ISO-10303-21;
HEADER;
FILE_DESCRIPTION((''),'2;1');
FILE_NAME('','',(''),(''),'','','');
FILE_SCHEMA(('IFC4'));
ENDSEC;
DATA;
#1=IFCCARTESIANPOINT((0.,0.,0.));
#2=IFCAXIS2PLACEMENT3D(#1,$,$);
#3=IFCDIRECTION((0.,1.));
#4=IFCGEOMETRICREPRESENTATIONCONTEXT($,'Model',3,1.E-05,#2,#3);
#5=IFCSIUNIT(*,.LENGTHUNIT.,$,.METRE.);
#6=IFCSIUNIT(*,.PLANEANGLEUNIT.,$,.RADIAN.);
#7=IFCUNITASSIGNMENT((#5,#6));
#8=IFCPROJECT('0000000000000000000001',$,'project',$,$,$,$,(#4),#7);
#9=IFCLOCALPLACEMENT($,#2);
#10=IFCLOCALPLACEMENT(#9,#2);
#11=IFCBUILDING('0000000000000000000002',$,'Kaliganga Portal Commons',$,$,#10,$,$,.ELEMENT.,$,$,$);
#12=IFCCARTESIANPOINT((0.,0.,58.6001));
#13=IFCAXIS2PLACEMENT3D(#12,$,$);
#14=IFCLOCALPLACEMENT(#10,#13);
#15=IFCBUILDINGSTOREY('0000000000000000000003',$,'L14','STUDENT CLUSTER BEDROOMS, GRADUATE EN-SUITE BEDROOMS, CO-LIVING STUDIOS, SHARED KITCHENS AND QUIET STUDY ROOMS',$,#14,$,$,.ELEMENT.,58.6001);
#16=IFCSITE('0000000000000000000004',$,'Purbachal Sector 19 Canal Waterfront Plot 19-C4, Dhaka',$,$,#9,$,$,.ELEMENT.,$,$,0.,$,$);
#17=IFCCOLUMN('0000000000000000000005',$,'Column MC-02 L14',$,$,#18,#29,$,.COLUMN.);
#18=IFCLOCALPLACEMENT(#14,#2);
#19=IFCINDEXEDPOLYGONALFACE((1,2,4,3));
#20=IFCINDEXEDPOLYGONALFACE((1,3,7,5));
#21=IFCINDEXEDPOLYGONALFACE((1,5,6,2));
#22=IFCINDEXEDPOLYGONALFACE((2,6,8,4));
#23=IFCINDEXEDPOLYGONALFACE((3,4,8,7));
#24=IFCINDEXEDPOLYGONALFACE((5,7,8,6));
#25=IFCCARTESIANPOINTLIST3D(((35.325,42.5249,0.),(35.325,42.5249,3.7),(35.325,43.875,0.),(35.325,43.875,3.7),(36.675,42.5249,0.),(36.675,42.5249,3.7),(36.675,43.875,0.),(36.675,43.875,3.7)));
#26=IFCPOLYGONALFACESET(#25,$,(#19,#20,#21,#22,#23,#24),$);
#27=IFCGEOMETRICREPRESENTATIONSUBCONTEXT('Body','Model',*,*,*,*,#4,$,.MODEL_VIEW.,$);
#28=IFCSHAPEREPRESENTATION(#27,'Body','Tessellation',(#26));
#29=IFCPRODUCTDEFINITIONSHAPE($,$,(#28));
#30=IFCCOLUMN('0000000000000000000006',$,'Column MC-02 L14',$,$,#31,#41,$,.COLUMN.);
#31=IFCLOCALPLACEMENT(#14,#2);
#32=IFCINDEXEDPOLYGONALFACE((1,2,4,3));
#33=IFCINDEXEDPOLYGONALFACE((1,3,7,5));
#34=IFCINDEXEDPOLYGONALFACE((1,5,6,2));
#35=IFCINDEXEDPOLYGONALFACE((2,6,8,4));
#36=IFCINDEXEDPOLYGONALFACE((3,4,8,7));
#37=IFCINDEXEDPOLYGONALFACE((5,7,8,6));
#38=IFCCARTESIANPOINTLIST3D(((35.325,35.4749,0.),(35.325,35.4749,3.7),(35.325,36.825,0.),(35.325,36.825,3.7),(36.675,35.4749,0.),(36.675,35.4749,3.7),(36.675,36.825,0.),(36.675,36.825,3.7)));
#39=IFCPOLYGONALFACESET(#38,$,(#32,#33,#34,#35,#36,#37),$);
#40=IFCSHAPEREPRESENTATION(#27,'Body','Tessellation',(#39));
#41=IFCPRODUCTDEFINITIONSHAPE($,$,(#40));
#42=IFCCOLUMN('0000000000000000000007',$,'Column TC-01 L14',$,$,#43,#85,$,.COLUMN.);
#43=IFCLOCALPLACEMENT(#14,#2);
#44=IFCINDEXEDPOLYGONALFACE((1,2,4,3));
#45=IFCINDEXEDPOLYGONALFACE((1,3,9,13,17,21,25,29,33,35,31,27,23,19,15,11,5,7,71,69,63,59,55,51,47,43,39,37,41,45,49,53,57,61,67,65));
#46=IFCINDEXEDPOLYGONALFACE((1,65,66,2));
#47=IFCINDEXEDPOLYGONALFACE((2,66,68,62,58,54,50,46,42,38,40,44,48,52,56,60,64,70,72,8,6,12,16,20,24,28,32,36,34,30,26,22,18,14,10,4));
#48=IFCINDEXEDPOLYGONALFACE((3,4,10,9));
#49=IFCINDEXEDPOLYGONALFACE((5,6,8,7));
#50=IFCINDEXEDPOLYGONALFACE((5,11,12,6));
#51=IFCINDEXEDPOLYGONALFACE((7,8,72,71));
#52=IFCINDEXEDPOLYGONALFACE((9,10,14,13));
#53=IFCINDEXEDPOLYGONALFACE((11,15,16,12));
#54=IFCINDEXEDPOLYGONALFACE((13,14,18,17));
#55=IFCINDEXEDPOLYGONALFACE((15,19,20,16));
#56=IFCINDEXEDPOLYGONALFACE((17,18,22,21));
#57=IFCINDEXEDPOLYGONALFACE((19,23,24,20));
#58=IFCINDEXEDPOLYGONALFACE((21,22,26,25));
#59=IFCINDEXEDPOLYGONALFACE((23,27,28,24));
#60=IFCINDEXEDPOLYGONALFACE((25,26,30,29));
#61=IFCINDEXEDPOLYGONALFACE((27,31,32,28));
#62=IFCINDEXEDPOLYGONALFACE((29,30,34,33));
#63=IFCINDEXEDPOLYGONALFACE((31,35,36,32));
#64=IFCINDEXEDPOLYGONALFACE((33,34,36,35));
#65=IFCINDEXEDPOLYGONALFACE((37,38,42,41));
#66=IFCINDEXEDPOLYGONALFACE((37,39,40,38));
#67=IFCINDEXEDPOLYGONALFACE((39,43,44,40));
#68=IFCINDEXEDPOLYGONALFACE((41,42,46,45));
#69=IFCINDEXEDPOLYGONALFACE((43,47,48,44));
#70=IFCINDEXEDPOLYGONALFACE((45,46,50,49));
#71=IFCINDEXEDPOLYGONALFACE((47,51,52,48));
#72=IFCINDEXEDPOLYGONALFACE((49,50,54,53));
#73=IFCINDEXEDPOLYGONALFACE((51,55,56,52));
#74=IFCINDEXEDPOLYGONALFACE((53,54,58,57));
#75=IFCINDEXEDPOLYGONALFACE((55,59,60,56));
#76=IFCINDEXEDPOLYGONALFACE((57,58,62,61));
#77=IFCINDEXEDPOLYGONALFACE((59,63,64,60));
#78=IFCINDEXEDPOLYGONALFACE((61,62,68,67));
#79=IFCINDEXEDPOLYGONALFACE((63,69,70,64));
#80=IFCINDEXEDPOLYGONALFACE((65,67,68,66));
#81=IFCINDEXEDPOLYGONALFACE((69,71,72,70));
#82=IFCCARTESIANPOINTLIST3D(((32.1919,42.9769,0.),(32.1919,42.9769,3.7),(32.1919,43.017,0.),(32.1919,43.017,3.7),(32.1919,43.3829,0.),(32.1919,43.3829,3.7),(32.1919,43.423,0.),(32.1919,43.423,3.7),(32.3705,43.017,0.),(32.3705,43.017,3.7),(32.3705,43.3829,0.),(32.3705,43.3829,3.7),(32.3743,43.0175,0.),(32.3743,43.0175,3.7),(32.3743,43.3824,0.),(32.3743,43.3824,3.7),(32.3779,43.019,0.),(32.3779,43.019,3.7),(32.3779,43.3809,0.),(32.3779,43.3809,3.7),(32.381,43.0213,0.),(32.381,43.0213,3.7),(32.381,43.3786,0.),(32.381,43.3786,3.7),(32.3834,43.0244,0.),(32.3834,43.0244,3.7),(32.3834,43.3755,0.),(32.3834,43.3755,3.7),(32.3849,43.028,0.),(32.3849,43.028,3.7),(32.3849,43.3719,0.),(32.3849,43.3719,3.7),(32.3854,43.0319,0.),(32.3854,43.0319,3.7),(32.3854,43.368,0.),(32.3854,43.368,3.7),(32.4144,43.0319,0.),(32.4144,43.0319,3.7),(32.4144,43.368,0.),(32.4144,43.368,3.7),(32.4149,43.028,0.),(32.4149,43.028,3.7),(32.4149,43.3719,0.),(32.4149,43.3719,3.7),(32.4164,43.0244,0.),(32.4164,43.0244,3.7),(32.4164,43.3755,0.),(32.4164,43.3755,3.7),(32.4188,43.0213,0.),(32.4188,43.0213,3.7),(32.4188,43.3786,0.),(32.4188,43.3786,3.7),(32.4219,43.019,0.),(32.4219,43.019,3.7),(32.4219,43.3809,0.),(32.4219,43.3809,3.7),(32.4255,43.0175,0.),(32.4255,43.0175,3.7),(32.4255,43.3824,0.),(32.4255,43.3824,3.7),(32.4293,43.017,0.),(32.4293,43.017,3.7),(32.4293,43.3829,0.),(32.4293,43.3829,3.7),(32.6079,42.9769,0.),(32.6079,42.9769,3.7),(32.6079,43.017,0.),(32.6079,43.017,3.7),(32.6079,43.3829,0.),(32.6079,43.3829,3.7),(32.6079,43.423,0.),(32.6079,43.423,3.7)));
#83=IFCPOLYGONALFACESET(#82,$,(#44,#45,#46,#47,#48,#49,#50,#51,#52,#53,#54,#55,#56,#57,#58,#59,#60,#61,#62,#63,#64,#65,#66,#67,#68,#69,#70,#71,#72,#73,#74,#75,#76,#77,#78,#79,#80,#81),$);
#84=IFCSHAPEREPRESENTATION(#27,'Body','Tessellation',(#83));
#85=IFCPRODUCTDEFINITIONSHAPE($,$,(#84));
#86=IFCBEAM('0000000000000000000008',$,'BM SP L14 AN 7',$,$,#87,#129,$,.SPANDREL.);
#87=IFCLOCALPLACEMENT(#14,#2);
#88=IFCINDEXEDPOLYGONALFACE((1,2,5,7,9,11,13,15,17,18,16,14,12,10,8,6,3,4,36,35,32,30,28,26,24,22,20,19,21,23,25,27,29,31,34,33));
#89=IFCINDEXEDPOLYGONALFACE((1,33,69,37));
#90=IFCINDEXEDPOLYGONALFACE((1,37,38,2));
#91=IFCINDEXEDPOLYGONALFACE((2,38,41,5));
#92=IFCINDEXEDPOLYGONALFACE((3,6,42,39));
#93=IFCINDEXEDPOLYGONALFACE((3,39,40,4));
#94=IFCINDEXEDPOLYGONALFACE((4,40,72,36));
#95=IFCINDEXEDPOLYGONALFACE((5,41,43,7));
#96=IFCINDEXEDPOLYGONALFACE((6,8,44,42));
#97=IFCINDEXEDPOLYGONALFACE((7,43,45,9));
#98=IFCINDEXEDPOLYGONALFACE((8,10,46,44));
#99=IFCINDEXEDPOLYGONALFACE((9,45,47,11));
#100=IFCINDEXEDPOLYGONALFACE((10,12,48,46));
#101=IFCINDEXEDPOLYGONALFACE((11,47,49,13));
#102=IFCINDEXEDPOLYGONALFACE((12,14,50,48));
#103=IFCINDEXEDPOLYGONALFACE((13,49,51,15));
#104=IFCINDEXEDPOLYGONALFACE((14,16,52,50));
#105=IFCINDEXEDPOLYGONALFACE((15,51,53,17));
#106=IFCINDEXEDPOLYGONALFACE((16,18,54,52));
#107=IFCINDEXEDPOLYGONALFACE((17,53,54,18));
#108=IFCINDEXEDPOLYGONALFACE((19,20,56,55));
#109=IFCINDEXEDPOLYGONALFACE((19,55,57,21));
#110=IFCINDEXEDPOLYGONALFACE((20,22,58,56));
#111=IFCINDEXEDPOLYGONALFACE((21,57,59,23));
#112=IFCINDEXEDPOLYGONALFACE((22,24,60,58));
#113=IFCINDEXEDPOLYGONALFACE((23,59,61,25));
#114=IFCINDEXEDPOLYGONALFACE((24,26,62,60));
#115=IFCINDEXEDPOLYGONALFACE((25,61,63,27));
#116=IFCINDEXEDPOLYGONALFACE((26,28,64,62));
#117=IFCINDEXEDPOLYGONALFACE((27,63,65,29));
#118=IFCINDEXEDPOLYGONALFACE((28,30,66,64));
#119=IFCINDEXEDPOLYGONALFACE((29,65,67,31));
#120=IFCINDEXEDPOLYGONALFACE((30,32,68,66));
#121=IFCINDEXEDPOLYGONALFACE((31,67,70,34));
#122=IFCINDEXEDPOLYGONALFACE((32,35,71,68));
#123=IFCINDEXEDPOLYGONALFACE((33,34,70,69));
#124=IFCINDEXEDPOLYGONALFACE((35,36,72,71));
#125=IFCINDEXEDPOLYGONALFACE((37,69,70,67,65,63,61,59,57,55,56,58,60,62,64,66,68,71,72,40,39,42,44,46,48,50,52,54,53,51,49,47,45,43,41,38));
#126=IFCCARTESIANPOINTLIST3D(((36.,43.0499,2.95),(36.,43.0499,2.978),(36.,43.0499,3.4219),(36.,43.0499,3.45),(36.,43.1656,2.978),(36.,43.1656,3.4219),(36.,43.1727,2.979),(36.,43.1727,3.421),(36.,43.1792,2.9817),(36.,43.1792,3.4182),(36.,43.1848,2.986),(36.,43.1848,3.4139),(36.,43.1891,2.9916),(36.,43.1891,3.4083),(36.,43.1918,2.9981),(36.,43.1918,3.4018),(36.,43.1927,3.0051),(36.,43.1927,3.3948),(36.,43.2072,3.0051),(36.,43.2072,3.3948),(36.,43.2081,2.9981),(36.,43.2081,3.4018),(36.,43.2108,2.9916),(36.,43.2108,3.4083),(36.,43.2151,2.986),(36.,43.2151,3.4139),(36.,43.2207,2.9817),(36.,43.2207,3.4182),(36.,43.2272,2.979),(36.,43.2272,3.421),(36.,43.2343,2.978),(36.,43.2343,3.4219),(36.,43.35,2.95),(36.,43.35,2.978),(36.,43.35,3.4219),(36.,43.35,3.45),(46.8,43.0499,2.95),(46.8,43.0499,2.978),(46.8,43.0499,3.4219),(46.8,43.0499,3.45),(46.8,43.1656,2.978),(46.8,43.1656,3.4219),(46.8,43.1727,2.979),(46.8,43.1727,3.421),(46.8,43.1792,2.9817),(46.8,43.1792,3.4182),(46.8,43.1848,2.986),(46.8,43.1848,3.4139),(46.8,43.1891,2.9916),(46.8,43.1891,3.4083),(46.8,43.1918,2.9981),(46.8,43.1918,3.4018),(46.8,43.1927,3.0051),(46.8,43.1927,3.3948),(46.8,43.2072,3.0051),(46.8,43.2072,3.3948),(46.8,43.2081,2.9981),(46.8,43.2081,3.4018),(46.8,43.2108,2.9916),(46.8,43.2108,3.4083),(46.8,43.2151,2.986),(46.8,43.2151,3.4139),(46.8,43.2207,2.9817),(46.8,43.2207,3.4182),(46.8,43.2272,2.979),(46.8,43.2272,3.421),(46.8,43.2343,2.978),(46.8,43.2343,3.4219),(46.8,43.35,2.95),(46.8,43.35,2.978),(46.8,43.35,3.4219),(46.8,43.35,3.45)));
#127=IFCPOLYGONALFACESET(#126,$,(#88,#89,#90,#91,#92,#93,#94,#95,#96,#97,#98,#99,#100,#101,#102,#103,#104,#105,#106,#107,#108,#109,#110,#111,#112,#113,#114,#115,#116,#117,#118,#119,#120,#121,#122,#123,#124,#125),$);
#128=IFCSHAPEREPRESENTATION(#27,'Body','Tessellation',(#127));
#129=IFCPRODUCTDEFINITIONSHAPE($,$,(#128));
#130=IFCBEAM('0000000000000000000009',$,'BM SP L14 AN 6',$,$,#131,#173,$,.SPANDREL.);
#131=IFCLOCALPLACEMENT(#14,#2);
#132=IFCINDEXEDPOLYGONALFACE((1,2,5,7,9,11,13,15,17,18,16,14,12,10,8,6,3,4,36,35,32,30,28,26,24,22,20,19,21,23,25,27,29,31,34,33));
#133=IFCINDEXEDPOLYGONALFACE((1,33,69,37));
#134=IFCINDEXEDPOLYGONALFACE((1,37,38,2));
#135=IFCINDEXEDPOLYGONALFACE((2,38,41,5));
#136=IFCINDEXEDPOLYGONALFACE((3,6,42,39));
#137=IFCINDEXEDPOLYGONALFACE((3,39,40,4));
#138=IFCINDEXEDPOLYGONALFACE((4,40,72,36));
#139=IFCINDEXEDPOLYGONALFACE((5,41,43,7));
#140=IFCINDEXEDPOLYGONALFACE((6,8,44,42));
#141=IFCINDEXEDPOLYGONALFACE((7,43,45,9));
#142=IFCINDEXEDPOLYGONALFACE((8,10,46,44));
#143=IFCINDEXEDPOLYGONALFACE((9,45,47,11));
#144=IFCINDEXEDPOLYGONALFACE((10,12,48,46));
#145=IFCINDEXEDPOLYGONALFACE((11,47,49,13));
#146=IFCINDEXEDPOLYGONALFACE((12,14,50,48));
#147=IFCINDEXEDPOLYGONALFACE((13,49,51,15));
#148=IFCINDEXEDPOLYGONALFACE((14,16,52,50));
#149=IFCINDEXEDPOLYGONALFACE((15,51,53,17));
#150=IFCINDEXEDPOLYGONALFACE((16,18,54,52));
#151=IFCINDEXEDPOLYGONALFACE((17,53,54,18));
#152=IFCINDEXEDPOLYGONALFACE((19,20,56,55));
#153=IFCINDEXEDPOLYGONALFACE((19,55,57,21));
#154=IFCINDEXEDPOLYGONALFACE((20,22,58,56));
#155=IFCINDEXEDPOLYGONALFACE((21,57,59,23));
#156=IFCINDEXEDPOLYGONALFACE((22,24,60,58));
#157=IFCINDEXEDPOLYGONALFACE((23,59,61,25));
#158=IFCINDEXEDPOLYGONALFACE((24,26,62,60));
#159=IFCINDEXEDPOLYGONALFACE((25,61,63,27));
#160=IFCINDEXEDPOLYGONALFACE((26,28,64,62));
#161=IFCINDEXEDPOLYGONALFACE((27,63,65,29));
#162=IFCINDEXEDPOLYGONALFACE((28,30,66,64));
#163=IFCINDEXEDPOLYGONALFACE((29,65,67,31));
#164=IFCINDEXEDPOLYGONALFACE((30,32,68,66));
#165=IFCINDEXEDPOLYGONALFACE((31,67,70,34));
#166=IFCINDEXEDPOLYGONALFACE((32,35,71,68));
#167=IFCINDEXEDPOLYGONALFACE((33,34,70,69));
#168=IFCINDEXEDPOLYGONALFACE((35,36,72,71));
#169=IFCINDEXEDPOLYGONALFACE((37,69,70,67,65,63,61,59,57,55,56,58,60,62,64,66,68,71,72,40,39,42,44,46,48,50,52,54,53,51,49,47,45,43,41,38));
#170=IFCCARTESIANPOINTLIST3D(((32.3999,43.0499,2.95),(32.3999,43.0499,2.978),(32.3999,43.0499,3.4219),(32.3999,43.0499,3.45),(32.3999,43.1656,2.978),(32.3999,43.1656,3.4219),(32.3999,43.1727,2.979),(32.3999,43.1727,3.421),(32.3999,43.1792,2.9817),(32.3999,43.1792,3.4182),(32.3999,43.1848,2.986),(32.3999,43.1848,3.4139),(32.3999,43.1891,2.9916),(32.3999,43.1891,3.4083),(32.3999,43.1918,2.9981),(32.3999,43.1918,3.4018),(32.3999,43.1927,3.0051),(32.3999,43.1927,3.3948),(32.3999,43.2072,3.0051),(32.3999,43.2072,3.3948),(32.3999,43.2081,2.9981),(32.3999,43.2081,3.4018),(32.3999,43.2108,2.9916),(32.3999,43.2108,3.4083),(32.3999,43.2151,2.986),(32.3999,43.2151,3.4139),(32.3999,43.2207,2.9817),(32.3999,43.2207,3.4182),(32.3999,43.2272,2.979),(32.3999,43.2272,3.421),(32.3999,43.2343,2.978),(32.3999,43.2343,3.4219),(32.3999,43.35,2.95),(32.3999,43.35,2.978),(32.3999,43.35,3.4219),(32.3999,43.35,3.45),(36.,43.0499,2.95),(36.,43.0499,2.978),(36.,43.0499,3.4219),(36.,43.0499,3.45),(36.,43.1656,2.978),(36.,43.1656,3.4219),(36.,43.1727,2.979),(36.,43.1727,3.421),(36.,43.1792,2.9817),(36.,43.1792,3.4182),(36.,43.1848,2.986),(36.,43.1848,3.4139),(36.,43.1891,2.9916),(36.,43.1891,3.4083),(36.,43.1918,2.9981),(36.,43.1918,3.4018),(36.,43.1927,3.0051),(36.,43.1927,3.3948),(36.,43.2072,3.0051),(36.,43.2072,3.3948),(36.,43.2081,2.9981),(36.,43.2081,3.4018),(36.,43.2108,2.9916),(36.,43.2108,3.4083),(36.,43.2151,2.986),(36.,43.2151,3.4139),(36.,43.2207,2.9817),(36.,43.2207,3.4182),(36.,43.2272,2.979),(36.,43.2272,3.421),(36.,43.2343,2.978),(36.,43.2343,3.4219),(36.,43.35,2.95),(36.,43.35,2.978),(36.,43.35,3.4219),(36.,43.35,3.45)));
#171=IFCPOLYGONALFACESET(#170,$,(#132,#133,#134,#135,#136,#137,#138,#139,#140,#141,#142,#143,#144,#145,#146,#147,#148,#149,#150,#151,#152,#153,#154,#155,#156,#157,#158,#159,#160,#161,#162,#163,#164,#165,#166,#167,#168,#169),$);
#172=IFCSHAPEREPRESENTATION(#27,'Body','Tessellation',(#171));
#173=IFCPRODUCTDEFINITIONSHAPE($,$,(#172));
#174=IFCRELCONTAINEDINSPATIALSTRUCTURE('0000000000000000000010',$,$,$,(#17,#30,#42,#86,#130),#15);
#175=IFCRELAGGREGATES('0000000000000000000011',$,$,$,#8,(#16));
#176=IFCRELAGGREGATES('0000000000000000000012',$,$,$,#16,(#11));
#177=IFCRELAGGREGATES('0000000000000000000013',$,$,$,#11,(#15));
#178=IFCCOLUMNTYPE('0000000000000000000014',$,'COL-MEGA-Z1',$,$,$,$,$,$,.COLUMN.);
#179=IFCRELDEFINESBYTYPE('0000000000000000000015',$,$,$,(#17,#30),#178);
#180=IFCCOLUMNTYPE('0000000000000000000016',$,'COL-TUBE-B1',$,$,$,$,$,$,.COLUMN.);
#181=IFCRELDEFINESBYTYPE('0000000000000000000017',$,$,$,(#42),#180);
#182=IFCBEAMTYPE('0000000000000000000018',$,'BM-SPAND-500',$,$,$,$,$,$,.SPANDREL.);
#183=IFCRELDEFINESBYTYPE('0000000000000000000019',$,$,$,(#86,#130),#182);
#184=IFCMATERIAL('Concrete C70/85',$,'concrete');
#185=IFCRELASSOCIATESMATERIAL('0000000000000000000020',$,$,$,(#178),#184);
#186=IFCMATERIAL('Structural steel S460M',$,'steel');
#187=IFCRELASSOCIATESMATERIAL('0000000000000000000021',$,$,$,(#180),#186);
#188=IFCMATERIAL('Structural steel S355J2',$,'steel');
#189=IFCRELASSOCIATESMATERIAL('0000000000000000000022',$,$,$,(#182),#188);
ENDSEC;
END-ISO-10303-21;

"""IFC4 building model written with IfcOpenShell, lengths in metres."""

from ifc_helpers import new_model, si_unit, direction, frame, origin, origin_2d, place, context, subcontext, project, spatial, rectangle, i_section, extrude, source, transform, mapped, material, material_profile, profile_set, type_object, element, save


model = new_model("IFC4")

# Units and contexts
model_context = context("Model", 3, precision=1e-05, world=origin(), true_north=direction((0.0, 1.0)))
body_context = subcontext(model_context, "Body", "Model", "MODEL_VIEW")
ifc_project = project(units=[si_unit("LENGTHUNIT", "METRE"), si_unit("PLANEANGLEUNIT", "RADIAN")], contexts=[model_context])

# Site, building, storey
site_placement = place(None, origin())
site = spatial("IfcSite", under=ifc_project, at=site_placement, Name="Purbachal Sector 19 Canal Waterfront Plot 19-C4, Dhaka", CompositionType="ELEMENT", RefElevation=0.0)
building_placement = place(site_placement, origin())
building = spatial("IfcBuilding", under=site, at=building_placement, Name="Kaliganga Portal Commons", CompositionType="ELEMENT")
storey_placement = place(building_placement, frame((0.0, 0.0, 58.6001)))
storey = spatial("IfcBuildingStorey", under=building, at=storey_placement, Name="L14", Description="STUDENT CLUSTER BEDROOMS, GRADUATE EN-SUITE BEDROOMS, CO-LIVING STUDIOS, SHARED KITCHENS AND QUIET STUDY ROOMS", CompositionType="ELEMENT", Elevation=58.6001)

# Columns
ifc_material_1 = material(Name="Concrete C70/85", Category="concrete")
ifc_material_profile_1 = material_profile(ifc_material_1, rectangle(XDim=1.3501, YDim=1.3501, at=origin_2d()), Name="RC 1350x1350")
ifc_profile_set_1 = profile_set([ifc_material_profile_1], Name="Concrete C70/85")
column_type_1 = type_object("IfcColumnType", Name="COL-MEGA-Z1", PredefinedType="COLUMN", material=ifc_profile_set_1)
shared_shape_1 = source(origin(), body_context, "Body", "SweptSolid", [
    extrude(rectangle(XDim=1.3501, YDim=1.3501, at=origin_2d()), origin(), (0.0, 0.0, 1.0), 3.7),
])
for number, where, z_axis, x_axis, name in (
    (1, (36.0, 43.2, 0.0), (0.0, 0.0, 1.0), (1.0, 0.0, 0.0), "Column MC-02 L14"),
    (2, (36.0, 36.1499, 0.0), (0.0, 0.0, 1.0), (1.0, 0.0, 0.0), "Column MC-02 L14"),
):
    element("IfcColumn", number, at=place(storey_placement, frame(where, z_axis=z_axis, x_axis=x_axis)), inside=storey, type_object=column_type_1, Name=name, PredefinedType="COLUMN", context=body_context, shape_type="MappedRepresentation", body=[
        mapped(shared_shape_1, transform((0.0, 0.0, 0.0), x_axis=(1.0, 0.0, 0.0), y_axis=(0.0, 1.0, 0.0), z_axis=(0.0, 0.0, 1.0), scale=1.0)),
    ])
ifc_material_2 = material(Name="Structural steel S460M", Category="steel")
ifc_material_profile_2 = material_profile(ifc_material_2, i_section(OverallWidth=0.416, OverallDepth=0.446, WebThickness=0.0291, FlangeThickness=0.04, FilletRadius=0.0149, at=origin_2d()), Name="HD 400x509")
ifc_profile_set_2 = profile_set([ifc_material_profile_2], Name="Structural steel S460M wide-flange")
column_type_2 = type_object("IfcColumnType", Name="COL-TUBE-B1", PredefinedType="COLUMN", material=ifc_profile_set_2)
shared_shape_2 = source(origin(), body_context, "Body", "SweptSolid", [
    extrude(i_section(OverallWidth=0.416, OverallDepth=0.446, WebThickness=0.0291, FlangeThickness=0.04, FilletRadius=0.0149, at=origin_2d()), origin(), (0.0, 0.0, 1.0), 3.7),
])
column_placement = place(storey_placement, frame((32.3999, 43.2, 0.0), z_axis=(0.0, 0.0, 1.0), x_axis=(1.0, 0.0, 0.0)))
element("IfcColumn", 3, at=column_placement, inside=storey, type_object=column_type_2, Name="Column TC-01 L14", PredefinedType="COLUMN", context=body_context, shape_type="MappedRepresentation", body=[
    mapped(shared_shape_2, transform((0.0, 0.0, 0.0), x_axis=(1.0, 0.0, 0.0), y_axis=(0.0, 1.0, 0.0), z_axis=(0.0, 0.0, 1.0), scale=1.0)),
])

# Beams
ifc_material_3 = material(Name="Structural steel S355J2", Category="steel")
ifc_material_profile_3 = material_profile(ifc_material_3, i_section(OverallWidth=0.3, OverallDepth=0.5, WebThickness=0.0144, FlangeThickness=0.0281, FilletRadius=0.0271, at=origin_2d()), Name="HE 500 B")
ifc_profile_set_3 = profile_set([ifc_material_profile_3], Name="Structural steel S355J2 wide-flange")
beam_type_1 = type_object("IfcBeamType", Name="BM-SPAND-500", PredefinedType="SPANDREL", material=ifc_profile_set_3)
shared_shape_3 = source(origin(), body_context, "Body", "SweptSolid", [
    extrude(i_section(OverallWidth=0.3, OverallDepth=0.5, WebThickness=0.0144, FlangeThickness=0.0281, FilletRadius=0.0271, at=origin_2d()), origin(), (0.0, 0.0, 1.0), 10.8),
])
beam_1_placement = place(storey_placement, frame((36.0, 43.2, 3.2), z_axis=(1.0, 0.0, 0.0), x_axis=(0.0, 1.0, 0.0)))
element("IfcBeam", 4, at=beam_1_placement, inside=storey, type_object=beam_type_1, Name="BM SP L14 AN 7", PredefinedType="SPANDREL", context=body_context, shape_type="MappedRepresentation", body=[
    mapped(shared_shape_3, transform((0.0, 0.0, 0.0), x_axis=(1.0, 0.0, 0.0), y_axis=(0.0, 1.0, 0.0), z_axis=(0.0, 0.0, 1.0), scale=1.0)),
])
shared_shape_4 = source(origin(), body_context, "Body", "SweptSolid", [
    extrude(i_section(OverallWidth=0.3, OverallDepth=0.5, WebThickness=0.0144, FlangeThickness=0.0281, FilletRadius=0.0271, at=origin_2d()), origin(), (0.0, 0.0, 1.0), 3.6001),
])
beam_2_placement = place(storey_placement, frame((32.3999, 43.2, 3.2), z_axis=(1.0, 0.0, 0.0), x_axis=(0.0, 1.0, 0.0)))
element("IfcBeam", 5, at=beam_2_placement, inside=storey, type_object=beam_type_1, Name="BM SP L14 AN 6", PredefinedType="SPANDREL", context=body_context, shape_type="MappedRepresentation", body=[
    mapped(shared_shape_4, transform((0.0, 0.0, 0.0), x_axis=(1.0, 0.0, 0.0), y_axis=(0.0, 1.0, 0.0), z_axis=(0.0, 0.0, 1.0), scale=1.0)),
])

save(model, "model.ifc")
